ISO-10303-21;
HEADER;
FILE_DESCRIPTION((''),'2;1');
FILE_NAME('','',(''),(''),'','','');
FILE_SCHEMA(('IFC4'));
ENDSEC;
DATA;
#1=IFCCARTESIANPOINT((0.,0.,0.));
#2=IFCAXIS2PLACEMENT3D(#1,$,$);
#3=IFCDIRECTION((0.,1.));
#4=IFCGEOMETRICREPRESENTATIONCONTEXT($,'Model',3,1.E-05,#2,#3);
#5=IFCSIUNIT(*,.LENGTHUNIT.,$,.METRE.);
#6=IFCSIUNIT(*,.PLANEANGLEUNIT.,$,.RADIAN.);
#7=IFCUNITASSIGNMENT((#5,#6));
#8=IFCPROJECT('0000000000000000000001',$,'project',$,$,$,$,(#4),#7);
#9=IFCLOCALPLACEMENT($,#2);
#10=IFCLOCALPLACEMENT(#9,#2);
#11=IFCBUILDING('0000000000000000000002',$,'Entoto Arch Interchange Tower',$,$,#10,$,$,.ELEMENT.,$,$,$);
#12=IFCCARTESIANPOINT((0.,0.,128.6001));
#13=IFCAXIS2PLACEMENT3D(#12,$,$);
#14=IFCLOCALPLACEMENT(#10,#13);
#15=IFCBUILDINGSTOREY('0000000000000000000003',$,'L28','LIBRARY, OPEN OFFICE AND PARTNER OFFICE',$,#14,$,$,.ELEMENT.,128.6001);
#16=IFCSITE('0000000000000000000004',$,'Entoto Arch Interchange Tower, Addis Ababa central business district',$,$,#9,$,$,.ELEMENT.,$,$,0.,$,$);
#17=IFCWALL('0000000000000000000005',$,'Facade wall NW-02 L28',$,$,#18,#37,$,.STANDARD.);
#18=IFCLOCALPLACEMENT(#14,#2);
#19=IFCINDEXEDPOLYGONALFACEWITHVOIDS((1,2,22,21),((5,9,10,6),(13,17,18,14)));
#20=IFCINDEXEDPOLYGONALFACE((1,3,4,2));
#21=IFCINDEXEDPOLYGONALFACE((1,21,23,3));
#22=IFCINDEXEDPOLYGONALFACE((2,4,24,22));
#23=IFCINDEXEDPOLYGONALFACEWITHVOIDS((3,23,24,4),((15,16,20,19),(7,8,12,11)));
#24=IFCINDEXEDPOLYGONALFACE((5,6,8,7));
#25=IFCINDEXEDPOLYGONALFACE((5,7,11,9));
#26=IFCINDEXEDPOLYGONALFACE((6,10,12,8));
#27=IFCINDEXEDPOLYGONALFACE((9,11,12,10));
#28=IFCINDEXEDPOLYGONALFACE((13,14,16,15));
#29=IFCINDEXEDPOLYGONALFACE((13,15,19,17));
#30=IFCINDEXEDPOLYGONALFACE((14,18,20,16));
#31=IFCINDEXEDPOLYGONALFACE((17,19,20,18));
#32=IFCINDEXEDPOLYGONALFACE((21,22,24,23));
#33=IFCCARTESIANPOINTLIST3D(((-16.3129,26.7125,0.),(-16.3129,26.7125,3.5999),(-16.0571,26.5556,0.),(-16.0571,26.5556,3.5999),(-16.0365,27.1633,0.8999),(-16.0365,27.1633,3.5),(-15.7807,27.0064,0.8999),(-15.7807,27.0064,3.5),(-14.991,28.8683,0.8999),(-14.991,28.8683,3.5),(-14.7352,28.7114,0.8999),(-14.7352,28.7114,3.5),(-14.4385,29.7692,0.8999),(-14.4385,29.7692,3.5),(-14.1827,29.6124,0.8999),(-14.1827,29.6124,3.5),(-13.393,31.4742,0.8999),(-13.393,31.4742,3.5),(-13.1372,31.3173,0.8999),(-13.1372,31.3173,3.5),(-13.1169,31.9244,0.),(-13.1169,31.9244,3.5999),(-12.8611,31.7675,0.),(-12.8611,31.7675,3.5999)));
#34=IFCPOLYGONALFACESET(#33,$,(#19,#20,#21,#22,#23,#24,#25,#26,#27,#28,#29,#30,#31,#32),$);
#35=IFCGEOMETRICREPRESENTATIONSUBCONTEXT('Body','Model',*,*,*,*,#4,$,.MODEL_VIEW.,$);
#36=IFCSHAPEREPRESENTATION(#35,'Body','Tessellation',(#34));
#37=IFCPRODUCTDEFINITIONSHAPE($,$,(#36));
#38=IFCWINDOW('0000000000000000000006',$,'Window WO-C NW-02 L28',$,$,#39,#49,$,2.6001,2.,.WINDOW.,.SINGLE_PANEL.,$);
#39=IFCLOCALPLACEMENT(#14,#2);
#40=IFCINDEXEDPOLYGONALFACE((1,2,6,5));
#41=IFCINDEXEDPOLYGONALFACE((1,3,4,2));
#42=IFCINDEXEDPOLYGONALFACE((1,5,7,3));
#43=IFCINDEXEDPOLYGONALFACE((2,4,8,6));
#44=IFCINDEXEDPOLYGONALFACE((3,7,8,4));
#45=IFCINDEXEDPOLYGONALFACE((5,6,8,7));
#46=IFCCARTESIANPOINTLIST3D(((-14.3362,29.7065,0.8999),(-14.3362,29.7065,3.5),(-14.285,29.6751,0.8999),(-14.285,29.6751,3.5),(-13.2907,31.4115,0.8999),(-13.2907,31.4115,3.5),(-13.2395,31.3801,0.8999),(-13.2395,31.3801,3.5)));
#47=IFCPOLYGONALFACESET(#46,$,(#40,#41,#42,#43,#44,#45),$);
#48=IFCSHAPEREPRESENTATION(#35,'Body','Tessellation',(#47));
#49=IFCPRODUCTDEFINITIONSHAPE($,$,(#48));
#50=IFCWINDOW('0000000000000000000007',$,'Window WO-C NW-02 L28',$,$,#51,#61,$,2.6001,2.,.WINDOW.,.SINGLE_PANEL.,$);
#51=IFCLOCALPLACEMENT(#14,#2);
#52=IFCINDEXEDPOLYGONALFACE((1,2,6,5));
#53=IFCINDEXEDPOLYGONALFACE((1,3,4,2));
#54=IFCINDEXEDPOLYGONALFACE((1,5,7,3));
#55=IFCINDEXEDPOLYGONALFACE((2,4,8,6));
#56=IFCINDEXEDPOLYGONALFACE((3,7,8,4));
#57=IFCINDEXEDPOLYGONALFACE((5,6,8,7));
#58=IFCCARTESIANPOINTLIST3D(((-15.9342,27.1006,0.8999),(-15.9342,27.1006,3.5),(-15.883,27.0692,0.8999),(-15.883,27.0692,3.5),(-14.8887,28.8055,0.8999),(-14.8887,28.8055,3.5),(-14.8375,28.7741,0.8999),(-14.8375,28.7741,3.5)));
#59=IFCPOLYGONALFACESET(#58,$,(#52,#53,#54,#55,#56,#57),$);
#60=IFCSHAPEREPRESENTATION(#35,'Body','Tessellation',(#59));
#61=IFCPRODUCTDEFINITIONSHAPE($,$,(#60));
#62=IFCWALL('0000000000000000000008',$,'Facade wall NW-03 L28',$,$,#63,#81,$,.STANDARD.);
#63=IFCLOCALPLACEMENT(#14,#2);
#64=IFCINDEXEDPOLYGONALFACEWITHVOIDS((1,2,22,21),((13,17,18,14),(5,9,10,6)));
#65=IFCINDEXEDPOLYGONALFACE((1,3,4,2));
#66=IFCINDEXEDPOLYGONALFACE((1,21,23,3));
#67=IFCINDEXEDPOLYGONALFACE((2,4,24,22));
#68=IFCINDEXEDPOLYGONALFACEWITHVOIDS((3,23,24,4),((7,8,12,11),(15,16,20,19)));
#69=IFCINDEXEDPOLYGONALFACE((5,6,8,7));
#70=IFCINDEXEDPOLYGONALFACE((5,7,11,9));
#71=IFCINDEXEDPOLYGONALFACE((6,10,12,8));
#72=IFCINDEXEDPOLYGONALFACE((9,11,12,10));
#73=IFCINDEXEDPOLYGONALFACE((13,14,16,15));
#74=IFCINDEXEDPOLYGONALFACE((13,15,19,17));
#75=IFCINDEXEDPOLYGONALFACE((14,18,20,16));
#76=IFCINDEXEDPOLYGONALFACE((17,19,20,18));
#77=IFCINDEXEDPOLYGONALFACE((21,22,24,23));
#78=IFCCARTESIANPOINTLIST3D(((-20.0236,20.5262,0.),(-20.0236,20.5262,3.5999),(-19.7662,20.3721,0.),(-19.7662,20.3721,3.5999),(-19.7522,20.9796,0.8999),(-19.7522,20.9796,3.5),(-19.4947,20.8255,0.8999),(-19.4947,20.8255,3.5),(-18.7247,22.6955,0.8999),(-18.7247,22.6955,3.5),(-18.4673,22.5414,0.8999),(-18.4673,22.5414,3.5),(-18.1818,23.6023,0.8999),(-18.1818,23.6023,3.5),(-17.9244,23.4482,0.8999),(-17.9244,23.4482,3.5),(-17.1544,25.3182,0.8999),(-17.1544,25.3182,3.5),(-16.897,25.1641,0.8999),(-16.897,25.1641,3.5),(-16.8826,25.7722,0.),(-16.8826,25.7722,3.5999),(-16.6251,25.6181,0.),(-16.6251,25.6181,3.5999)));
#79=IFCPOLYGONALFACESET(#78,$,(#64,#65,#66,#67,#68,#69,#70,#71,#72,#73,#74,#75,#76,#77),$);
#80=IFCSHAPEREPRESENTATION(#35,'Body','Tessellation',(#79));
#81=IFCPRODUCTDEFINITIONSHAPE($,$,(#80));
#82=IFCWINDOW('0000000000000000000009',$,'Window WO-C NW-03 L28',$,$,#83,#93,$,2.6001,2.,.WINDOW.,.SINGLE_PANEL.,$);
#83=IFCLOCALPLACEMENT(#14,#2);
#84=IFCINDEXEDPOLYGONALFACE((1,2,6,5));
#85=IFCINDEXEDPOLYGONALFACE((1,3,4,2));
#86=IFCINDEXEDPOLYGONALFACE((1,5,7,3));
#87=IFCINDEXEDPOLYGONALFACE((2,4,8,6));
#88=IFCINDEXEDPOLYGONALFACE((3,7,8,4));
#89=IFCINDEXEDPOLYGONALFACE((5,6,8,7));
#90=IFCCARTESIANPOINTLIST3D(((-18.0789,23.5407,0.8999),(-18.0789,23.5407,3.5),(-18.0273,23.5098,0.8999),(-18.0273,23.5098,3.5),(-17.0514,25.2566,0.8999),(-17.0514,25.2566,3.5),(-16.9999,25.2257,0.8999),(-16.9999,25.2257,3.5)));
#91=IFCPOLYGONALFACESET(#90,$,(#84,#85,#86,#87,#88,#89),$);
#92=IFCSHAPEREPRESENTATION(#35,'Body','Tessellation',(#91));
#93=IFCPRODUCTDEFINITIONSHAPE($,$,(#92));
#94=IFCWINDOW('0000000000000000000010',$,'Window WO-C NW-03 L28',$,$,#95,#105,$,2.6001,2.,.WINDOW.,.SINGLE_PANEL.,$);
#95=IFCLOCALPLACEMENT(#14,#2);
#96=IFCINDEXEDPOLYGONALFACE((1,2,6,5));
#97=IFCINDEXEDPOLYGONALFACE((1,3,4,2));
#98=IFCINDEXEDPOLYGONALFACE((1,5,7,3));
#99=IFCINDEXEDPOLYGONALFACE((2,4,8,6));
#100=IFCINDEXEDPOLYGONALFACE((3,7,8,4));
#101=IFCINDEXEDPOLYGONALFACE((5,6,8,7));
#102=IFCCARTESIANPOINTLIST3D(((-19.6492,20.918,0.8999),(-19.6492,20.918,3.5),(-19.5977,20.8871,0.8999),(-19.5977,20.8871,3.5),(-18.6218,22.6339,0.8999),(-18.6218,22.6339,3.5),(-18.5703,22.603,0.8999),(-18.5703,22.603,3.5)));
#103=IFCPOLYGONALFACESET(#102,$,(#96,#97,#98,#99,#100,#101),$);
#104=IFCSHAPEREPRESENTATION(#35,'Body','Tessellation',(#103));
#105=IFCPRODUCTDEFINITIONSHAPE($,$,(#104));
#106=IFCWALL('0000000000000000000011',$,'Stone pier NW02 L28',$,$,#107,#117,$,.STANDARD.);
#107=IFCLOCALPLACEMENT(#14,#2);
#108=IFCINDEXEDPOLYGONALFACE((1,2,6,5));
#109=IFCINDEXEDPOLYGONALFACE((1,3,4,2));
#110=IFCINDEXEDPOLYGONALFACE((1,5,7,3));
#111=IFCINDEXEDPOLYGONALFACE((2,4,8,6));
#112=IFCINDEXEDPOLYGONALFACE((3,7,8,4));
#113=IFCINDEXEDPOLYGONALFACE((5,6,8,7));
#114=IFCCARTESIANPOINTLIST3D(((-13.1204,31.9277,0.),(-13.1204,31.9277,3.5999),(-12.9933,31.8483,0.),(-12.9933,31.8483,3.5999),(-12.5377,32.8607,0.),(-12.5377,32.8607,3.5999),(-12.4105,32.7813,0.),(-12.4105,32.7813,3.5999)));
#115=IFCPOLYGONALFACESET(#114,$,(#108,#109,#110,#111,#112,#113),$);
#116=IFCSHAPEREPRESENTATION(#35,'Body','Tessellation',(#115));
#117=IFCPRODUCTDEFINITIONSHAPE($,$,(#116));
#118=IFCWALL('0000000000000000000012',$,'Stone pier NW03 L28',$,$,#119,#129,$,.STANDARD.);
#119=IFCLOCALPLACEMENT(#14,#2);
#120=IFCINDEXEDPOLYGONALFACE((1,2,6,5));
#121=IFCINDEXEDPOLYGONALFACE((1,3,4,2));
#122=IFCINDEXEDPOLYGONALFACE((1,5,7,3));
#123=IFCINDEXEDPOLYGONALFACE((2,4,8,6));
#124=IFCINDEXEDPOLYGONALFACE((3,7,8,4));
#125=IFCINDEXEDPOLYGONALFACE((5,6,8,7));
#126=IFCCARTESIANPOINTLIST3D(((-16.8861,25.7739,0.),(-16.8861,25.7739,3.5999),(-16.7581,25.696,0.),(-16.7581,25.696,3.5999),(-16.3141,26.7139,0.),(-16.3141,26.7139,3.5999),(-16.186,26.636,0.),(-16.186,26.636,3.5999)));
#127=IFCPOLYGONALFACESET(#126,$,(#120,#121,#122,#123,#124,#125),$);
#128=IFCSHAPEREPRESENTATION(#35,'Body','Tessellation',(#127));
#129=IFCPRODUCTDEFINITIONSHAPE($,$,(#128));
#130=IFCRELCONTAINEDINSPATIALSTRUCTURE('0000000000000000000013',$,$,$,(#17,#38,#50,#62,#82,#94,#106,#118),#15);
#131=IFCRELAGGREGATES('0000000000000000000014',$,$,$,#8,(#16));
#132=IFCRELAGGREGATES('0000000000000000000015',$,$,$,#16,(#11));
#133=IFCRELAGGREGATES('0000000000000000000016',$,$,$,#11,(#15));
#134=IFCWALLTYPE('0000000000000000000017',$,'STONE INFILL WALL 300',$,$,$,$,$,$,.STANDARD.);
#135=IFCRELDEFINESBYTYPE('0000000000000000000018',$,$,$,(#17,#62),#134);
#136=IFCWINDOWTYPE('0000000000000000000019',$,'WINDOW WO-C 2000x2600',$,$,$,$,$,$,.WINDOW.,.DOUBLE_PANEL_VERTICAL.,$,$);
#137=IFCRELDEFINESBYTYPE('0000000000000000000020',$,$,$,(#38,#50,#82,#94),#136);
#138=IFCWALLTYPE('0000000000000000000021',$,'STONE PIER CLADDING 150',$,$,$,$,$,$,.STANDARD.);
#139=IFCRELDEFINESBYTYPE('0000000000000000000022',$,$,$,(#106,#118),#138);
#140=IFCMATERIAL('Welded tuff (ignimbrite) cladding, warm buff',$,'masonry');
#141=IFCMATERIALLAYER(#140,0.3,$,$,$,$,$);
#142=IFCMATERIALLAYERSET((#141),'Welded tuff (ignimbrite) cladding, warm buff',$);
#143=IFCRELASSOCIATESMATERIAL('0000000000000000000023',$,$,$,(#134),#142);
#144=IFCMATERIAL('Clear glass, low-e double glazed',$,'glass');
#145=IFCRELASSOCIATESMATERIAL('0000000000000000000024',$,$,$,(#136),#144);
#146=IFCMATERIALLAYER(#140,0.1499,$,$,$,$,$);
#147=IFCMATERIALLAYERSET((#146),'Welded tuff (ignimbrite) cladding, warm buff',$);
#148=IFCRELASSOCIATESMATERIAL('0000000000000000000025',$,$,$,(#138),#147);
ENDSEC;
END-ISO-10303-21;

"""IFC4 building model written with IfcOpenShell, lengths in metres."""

from ifc_helpers import new_model, si_unit, direction, frame, frame_2d, origin, place, context, subcontext, project, spatial, rectangle, extrude, material, layer, layer_set, type_object, element, fill, save


model = new_model("IFC4")

# Units and contexts
model_context = context("Model", 3, precision=1e-05, world=origin(), true_north=direction((0.0, 1.0)))
body_context = subcontext(model_context, "Body", "Model", "MODEL_VIEW")
ifc_project = project(units=[si_unit("LENGTHUNIT", "METRE"), si_unit("PLANEANGLEUNIT", "RADIAN")], contexts=[model_context])

# Site, building, storey
site_placement = place(None, origin())
site = spatial("IfcSite", under=ifc_project, at=site_placement, Name="Entoto Arch Interchange Tower, Addis Ababa central business district", CompositionType="ELEMENT", RefElevation=0.0)
building_placement = place(site_placement, origin())
building = spatial("IfcBuilding", under=site, at=building_placement, Name="Entoto Arch Interchange Tower", CompositionType="ELEMENT")
storey_placement = place(building_placement, frame((0.0, 0.0, 128.6001)))
storey = spatial("IfcBuildingStorey", under=building, at=storey_placement, Name="L28", Description="LIBRARY, OPEN OFFICE AND PARTNER OFFICE", CompositionType="ELEMENT", Elevation=128.6001)

# Walls, openings, windows
ifc_material_1 = material(Name="Welded tuff (ignimbrite) cladding, warm buff", Category="masonry")
ifc_layer_1 = layer(ifc_material_1, 0.3)
ifc_layer_set_1 = layer_set([ifc_layer_1], Name="Welded tuff (ignimbrite) cladding, warm buff")
wall_type_1 = type_object("IfcWallType", Name="STONE INFILL WALL 300", PredefinedType="STANDARD", material=ifc_layer_set_1)
wall_1_placement = place(storey_placement, frame((-12.989, 31.8459, 0.0), z_axis=(0.0, 0.0, 1.0), x_axis=(-0.522758, -0.852481, 0.0)))
wall_1 = element("IfcWall", 1, at=wall_1_placement, inside=storey, type_object=wall_type_1, Name="Facade wall NW-02 L28", PredefinedType="STANDARD", context=body_context, shape_type="SweptSolid", body=[
    extrude(rectangle(XDim=6.1138, YDim=0.3, at=frame_2d((3.0569, 0.0))), origin(), (0.0, 0.0, 1.0), 3.5999),
])
opening_1_placement = place(wall_1_placement, frame((0.5281, 0.0, 0.8999)))
opening_1 = element("IfcOpeningElement", 2, at=opening_1_placement, cuts=wall_1, PredefinedType="OPENING", context=body_context, shape_type="SweptSolid", body=[
    extrude(rectangle(XDim=2.0, YDim=2.6001, at=frame_2d((1.0, 1.3))), frame((0.0, 0.1602, 0.0), z_axis=(0.0, -1.0, 0.0), x_axis=(1.0, 0.0, 0.0)), (0.0, 0.0, 1.0), 0.3201),
])
opening_2_placement = place(wall_1_placement, frame((3.585, 0.0, 0.8999)))
opening_2 = element("IfcOpeningElement", 3, at=opening_2_placement, cuts=wall_1, PredefinedType="OPENING", context=body_context, shape_type="SweptSolid", body=[
    extrude(rectangle(XDim=2.0, YDim=2.6001, at=frame_2d((1.0, 1.3))), frame((0.0, 0.1602, 0.0), z_axis=(0.0, -1.0, 0.0), x_axis=(1.0, 0.0, 0.0)), (0.0, 0.0, 1.0), 0.3201),
])
ifc_material_2 = material(Name="Clear glass, low-e double glazed", Category="glass")
window_type = type_object("IfcWindowType", Name="WINDOW WO-C 2000x2600", PartitioningType="DOUBLE_PANEL_VERTICAL", PredefinedType="WINDOW", material=ifc_material_2)
window_1_placement = place(opening_1_placement, origin())
window_1 = element("IfcWindow", 4, at=window_1_placement, inside=storey, type_object=window_type, Name="Window WO-C NW-02 L28", OverallHeight=2.6001, OverallWidth=2.0, PartitioningType="SINGLE_PANEL", PredefinedType="WINDOW", context=body_context, shape_type="SweptSolid", body=[
    extrude(rectangle(XDim=2.0, YDim=2.6001, at=frame_2d((1.0, 1.3))), frame((0.0, 0.03, 0.0), z_axis=(0.0, -1.0, 0.0), x_axis=(1.0, 0.0, 0.0)), (0.0, 0.0, 1.0), 0.0601),
])
fill(opening_1, window_1)
window_2_placement = place(opening_2_placement, origin())
window_2 = element("IfcWindow", 5, at=window_2_placement, inside=storey, type_object=window_type, Name="Window WO-C NW-02 L28", OverallHeight=2.6001, OverallWidth=2.0, PartitioningType="SINGLE_PANEL", PredefinedType="WINDOW", context=body_context, shape_type="SweptSolid", body=[
    extrude(rectangle(XDim=2.0, YDim=2.6001, at=frame_2d((1.0, 1.3))), frame((0.0, 0.03, 0.0), z_axis=(0.0, -1.0, 0.0), x_axis=(1.0, 0.0, 0.0)), (0.0, 0.0, 1.0), 0.0601),
])
fill(opening_2, window_2)
wall_2_placement = place(storey_placement, frame((-16.7539, 25.6951, 0.0), z_axis=(0.0, 0.0, 1.0), x_axis=(-0.513709, -0.857965, 0.0)))
wall_2 = element("IfcWall", 6, at=wall_2_placement, inside=storey, type_object=wall_type_1, Name="Facade wall NW-03 L28", PredefinedType="STANDARD", context=body_context, shape_type="SweptSolid", body=[
    extrude(rectangle(XDim=6.1145, YDim=0.3, at=frame_2d((3.0571, 0.0))), origin(), (0.0, 0.0, 1.0), 3.5999),
])
opening_3_placement = place(wall_2_placement, frame((0.5291, 0.0, 0.8999)))
opening_3 = element("IfcOpeningElement", 7, at=opening_3_placement, cuts=wall_2, PredefinedType="OPENING", context=body_context, shape_type="SweptSolid", body=[
    extrude(rectangle(XDim=2.0, YDim=2.6001, at=frame_2d((1.0, 1.3))), frame((0.0, 0.1602, 0.0), z_axis=(0.0, -1.0, 0.0), x_axis=(1.0, 0.0, 0.0)), (0.0, 0.0, 1.0), 0.3201),
])
opening_4_placement = place(wall_2_placement, frame((3.5859, 0.0, 0.8999)))
opening_4 = element("IfcOpeningElement", 8, at=opening_4_placement, cuts=wall_2, PredefinedType="OPENING", context=body_context, shape_type="SweptSolid", body=[
    extrude(rectangle(XDim=2.0, YDim=2.6001, at=frame_2d((1.0, 1.3))), frame((0.0, 0.1602, 0.0), z_axis=(0.0, -1.0, 0.0), x_axis=(1.0, 0.0, 0.0)), (0.0, 0.0, 1.0), 0.3201),
])
window_3_placement = place(opening_3_placement, origin())
window_3 = element("IfcWindow", 9, at=window_3_placement, inside=storey, type_object=window_type, Name="Window WO-C NW-03 L28", OverallHeight=2.6001, OverallWidth=2.0, PartitioningType="SINGLE_PANEL", PredefinedType="WINDOW", context=body_context, shape_type="SweptSolid", body=[
    extrude(rectangle(XDim=2.0, YDim=2.6001, at=frame_2d((1.0, 1.3))), frame((0.0, 0.03, 0.0), z_axis=(0.0, -1.0, 0.0), x_axis=(1.0, 0.0, 0.0)), (0.0, 0.0, 1.0), 0.0601),
])
fill(opening_3, window_3)
window_4_placement = place(opening_4_placement, origin())
window_4 = element("IfcWindow", 10, at=window_4_placement, inside=storey, type_object=window_type, Name="Window WO-C NW-03 L28", OverallHeight=2.6001, OverallWidth=2.0, PartitioningType="SINGLE_PANEL", PredefinedType="WINDOW", context=body_context, shape_type="SweptSolid", body=[
    extrude(rectangle(XDim=2.0, YDim=2.6001, at=frame_2d((1.0, 1.3))), frame((0.0, 0.03, 0.0), z_axis=(0.0, -1.0, 0.0), x_axis=(1.0, 0.0, 0.0)), (0.0, 0.0, 1.0), 0.0601),
])
fill(opening_4, window_4)

# Walls
ifc_layer_2 = layer(ifc_material_1, 0.1499)
ifc_layer_set_2 = layer_set([ifc_layer_2], Name="Welded tuff (ignimbrite) cladding, warm buff")
wall_type_2 = type_object("IfcWallType", Name="STONE PIER CLADDING 150", PredefinedType="STANDARD", material=ifc_layer_set_2)
wall_3_placement = place(storey_placement, frame((-12.4741, 32.821, 0.0), z_axis=(0.0, 0.0, 1.0), x_axis=(-0.52972, -0.848173, 0.0)))
element("IfcWall", 11, at=wall_3_placement, inside=storey, type_object=wall_type_2, Name="Stone pier NW02 L28", PredefinedType="STANDARD", context=body_context, shape_type="SweptSolid", body=[
    extrude(rectangle(XDim=1.1001, YDim=0.1499, at=frame_2d((0.55, 0.0))), origin(), (0.0, 0.0, 1.0), 3.5999),
])
wall_4_placement = place(storey_placement, frame((-16.25, 26.675, 0.0), z_axis=(0.0, 0.0, 1.0), x_axis=(-0.51987, -0.854246, 0.0)))
element("IfcWall", 12, at=wall_4_placement, inside=storey, type_object=wall_type_2, Name="Stone pier NW03 L28", PredefinedType="STANDARD", context=body_context, shape_type="SweptSolid", body=[
    extrude(rectangle(XDim=1.1003, YDim=0.1499, at=frame_2d((0.5503, 0.0))), origin(), (0.0, 0.0, 1.0), 3.5999),
])

save(model, "model.ifc")
